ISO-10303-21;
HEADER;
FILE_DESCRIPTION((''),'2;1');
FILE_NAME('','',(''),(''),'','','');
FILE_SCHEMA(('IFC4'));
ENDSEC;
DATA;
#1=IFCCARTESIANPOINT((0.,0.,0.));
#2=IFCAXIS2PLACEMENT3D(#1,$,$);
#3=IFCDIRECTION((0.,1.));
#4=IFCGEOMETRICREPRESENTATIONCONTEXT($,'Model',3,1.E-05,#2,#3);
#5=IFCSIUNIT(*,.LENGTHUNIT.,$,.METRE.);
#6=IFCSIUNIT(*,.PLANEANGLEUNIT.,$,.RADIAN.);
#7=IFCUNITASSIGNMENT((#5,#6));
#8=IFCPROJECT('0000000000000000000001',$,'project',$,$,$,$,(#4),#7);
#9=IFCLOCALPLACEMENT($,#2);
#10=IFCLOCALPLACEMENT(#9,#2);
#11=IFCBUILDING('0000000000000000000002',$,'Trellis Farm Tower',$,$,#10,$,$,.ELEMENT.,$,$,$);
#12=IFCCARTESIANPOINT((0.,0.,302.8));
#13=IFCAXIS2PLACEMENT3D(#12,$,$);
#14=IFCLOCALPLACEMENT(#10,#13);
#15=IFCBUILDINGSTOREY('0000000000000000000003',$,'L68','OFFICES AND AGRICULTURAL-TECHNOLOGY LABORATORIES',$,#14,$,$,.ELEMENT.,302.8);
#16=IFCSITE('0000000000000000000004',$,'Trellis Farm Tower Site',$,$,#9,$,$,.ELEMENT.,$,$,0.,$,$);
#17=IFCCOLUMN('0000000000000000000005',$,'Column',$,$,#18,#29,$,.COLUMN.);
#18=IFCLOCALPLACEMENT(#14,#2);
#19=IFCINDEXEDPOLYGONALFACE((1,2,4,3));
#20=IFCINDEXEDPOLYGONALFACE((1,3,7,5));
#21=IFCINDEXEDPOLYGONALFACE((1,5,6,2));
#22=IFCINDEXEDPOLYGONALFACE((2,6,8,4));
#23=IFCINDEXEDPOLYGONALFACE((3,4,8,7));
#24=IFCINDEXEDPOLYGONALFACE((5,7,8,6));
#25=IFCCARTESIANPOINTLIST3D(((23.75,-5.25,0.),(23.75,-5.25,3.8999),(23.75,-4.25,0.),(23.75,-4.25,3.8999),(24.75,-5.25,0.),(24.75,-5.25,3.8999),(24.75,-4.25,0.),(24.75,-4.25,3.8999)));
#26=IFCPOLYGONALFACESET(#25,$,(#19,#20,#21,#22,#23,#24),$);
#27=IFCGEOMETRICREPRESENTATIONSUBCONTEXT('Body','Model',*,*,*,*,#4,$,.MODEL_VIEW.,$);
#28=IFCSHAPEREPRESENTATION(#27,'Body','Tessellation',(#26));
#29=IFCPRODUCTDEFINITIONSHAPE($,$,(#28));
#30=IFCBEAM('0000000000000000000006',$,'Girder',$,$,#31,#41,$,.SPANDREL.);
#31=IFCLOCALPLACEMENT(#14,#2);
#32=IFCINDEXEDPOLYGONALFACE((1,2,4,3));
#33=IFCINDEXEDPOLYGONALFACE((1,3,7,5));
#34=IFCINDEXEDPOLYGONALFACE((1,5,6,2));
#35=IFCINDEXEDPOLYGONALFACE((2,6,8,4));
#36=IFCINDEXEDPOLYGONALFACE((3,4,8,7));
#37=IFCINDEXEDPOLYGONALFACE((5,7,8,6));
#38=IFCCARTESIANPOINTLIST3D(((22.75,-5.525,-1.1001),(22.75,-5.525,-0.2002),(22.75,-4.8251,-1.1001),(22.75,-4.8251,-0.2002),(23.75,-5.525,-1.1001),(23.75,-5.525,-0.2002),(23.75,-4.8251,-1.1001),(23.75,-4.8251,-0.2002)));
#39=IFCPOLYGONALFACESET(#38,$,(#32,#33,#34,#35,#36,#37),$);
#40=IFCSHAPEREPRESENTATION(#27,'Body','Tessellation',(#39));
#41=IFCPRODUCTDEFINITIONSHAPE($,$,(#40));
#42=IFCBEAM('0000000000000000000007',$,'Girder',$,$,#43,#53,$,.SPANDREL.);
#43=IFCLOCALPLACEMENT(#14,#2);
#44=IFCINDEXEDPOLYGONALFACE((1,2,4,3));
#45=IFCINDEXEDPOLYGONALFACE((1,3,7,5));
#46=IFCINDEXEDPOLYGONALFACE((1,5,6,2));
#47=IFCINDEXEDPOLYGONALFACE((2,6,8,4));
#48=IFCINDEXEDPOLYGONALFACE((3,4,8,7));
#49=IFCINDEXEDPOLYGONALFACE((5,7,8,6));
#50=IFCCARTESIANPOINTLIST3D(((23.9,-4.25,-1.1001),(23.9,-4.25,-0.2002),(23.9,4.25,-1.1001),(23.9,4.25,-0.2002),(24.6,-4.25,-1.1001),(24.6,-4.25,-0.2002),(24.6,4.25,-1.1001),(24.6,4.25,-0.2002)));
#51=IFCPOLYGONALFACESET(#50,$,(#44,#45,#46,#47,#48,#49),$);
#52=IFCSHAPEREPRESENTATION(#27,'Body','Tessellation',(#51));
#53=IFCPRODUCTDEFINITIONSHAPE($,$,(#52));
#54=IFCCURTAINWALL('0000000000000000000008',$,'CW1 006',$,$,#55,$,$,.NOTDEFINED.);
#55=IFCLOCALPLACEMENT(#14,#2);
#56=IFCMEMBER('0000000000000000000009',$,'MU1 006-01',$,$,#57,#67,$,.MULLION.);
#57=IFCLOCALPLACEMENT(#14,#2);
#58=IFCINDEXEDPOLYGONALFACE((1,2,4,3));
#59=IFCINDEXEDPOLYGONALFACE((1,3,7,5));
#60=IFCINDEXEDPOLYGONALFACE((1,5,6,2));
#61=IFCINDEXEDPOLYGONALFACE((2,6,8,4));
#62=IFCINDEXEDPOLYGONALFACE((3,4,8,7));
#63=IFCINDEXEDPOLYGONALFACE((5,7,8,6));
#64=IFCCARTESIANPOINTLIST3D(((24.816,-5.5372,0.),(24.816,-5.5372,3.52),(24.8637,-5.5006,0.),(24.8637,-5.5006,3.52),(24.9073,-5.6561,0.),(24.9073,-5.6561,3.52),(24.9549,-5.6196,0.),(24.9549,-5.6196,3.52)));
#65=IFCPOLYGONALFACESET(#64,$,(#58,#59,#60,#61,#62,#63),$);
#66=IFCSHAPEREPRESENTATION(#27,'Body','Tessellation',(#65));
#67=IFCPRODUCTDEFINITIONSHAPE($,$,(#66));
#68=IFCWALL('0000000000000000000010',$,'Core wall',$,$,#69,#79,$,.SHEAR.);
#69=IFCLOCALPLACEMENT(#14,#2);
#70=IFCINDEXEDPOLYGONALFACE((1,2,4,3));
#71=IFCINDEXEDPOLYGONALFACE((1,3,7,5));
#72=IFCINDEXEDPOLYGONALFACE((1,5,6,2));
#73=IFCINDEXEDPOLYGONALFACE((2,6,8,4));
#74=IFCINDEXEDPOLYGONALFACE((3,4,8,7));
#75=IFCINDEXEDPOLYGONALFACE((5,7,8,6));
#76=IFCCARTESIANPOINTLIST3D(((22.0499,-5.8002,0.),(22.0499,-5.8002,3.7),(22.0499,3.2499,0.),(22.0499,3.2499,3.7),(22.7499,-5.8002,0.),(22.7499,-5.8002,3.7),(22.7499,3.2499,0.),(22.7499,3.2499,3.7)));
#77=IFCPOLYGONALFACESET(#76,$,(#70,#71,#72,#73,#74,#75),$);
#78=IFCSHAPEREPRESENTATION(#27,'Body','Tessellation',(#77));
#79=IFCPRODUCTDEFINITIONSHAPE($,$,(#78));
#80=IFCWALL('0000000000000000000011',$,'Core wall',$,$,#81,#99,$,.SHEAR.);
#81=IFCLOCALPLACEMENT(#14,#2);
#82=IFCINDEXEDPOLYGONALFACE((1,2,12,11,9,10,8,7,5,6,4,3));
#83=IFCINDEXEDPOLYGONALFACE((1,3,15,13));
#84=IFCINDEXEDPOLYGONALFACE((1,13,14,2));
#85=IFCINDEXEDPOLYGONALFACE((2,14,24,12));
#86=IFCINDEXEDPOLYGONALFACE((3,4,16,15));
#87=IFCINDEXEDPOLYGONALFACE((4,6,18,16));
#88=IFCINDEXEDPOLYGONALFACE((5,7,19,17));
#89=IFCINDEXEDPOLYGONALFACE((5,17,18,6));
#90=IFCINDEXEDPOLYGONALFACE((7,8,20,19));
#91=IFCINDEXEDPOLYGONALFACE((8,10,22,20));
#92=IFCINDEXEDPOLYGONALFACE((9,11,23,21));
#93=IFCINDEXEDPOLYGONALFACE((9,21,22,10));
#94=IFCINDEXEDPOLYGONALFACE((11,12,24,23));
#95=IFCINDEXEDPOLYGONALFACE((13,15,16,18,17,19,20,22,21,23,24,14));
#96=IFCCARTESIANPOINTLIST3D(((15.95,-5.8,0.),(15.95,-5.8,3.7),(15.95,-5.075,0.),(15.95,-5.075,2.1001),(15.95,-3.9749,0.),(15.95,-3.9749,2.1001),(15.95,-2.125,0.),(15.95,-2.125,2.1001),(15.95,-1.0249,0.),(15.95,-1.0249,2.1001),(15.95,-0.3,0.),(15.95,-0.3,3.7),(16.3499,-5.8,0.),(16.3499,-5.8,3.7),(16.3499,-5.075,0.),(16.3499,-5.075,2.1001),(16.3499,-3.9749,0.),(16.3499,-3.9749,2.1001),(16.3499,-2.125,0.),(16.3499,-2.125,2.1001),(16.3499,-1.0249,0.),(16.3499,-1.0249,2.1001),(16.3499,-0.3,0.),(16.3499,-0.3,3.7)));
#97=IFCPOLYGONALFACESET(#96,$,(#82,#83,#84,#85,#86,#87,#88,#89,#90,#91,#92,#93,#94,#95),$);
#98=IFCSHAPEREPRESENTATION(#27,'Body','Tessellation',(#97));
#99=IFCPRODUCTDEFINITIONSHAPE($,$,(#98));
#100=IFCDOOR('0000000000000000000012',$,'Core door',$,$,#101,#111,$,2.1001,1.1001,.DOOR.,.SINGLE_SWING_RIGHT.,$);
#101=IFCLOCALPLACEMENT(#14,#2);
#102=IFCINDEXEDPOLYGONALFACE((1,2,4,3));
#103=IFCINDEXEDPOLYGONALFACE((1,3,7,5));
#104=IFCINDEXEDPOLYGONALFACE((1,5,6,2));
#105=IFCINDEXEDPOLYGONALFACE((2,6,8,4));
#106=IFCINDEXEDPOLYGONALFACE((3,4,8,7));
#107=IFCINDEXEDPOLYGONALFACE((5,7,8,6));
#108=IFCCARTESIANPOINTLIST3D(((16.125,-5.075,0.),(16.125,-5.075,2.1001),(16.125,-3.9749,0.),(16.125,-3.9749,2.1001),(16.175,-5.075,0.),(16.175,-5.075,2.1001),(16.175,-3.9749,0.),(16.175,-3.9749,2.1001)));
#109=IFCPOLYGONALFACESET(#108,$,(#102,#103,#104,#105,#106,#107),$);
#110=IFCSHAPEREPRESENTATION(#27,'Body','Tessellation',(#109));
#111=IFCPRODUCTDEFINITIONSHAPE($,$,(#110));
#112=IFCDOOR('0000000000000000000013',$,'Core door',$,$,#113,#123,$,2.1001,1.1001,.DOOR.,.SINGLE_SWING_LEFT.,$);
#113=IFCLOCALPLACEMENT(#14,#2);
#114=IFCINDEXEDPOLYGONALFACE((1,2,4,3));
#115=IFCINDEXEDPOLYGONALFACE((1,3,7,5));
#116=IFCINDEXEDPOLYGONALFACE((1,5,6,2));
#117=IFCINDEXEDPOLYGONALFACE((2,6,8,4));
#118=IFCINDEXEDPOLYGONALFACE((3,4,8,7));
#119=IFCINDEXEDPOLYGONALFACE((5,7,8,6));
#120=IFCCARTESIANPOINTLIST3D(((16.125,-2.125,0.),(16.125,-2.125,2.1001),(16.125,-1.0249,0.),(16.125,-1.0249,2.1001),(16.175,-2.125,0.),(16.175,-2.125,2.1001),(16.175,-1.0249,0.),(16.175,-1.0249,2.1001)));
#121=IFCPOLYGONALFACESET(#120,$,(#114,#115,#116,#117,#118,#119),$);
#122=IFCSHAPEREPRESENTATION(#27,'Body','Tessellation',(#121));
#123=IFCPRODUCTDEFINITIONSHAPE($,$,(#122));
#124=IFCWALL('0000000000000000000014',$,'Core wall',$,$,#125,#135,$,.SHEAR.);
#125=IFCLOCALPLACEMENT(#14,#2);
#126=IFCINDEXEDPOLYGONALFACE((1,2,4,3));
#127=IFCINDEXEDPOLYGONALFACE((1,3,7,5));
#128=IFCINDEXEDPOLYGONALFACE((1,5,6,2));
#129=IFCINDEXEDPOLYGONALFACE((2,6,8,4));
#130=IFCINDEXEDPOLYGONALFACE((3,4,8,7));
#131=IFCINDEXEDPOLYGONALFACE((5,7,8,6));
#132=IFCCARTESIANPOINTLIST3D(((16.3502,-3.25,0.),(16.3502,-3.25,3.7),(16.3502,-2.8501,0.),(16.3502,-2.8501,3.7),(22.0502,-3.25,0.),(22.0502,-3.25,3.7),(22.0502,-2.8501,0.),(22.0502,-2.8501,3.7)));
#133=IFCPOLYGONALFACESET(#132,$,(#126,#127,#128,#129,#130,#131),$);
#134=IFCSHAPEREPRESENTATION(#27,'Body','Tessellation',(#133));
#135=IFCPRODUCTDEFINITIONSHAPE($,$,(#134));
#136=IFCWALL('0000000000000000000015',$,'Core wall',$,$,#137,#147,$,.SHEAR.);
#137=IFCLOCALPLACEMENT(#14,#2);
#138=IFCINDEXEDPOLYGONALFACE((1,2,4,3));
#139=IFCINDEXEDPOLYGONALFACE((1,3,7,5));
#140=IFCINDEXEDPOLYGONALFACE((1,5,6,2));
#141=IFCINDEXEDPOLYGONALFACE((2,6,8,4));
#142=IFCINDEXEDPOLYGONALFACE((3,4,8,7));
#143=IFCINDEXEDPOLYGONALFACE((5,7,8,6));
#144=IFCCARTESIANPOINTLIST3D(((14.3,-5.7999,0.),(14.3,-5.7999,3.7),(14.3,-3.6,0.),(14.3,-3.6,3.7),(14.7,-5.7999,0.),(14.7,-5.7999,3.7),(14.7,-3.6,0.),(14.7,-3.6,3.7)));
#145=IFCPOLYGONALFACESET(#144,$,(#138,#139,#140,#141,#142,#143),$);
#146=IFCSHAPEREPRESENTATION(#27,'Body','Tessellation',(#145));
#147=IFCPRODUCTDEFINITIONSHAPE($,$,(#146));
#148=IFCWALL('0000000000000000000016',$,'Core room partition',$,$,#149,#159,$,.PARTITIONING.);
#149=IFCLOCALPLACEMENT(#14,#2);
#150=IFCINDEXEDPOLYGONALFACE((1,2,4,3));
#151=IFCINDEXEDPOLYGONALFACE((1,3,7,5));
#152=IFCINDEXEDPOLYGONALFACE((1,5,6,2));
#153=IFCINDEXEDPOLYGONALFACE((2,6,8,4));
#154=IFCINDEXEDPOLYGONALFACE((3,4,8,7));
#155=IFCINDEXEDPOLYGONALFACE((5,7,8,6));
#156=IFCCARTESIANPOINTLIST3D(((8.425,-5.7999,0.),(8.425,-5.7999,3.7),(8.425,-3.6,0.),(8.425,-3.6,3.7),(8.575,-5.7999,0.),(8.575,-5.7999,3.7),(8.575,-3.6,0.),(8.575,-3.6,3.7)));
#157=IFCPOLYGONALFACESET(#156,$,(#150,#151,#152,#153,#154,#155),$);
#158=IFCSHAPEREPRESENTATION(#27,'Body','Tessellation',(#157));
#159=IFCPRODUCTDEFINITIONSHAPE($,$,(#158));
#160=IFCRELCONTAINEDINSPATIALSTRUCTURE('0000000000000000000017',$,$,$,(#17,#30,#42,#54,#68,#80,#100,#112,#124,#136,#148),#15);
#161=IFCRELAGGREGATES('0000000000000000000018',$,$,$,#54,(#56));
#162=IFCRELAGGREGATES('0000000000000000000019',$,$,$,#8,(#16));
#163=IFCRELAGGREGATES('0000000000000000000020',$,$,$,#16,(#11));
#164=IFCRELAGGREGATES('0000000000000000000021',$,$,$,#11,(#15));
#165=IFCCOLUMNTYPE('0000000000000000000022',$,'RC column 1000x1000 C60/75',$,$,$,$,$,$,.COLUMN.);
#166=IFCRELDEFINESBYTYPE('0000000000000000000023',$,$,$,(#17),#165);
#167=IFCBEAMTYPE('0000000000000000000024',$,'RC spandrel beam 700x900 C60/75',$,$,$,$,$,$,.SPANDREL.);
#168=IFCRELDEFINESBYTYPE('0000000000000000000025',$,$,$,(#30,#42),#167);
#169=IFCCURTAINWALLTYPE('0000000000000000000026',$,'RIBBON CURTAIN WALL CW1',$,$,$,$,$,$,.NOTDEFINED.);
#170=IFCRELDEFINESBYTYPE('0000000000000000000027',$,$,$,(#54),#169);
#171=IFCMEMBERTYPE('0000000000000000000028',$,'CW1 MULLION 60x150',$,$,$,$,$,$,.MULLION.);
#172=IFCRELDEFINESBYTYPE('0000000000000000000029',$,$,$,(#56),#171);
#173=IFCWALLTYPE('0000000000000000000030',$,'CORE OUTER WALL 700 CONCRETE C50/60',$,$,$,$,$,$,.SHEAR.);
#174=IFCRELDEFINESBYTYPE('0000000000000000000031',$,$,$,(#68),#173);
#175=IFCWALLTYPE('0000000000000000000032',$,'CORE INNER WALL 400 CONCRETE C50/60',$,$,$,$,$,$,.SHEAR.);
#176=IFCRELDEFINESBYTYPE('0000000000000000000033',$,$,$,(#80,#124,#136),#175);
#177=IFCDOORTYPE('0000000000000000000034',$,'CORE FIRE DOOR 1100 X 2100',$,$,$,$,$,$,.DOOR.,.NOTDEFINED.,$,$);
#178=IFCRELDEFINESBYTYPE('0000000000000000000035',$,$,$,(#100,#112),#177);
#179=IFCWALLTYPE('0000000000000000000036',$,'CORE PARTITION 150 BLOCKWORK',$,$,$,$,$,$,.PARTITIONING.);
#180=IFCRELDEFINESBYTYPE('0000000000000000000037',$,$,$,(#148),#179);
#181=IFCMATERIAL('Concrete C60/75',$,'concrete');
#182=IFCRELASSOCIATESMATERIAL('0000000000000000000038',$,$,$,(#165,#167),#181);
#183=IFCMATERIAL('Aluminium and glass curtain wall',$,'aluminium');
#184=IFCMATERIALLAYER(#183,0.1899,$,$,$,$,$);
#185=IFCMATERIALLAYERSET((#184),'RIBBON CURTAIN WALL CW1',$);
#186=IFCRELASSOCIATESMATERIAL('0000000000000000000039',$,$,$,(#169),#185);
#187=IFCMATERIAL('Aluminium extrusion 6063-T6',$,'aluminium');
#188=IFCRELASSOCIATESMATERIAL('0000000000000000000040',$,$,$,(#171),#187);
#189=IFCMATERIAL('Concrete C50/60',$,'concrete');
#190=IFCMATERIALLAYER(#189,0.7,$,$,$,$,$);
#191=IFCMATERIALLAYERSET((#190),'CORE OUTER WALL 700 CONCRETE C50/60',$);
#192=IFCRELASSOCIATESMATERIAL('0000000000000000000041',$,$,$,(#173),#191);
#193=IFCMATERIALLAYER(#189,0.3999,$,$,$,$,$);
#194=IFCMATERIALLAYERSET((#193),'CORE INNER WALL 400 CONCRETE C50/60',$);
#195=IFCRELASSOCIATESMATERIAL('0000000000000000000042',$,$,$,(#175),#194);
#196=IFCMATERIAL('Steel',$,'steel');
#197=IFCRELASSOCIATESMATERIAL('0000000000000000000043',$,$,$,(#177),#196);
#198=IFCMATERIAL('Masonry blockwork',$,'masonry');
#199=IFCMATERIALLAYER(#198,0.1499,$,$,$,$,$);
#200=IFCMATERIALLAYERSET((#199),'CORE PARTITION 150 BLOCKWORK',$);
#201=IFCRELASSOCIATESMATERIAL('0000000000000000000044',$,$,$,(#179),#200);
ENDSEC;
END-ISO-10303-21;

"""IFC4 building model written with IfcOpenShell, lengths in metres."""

from ifc_helpers import new_model, si_unit, direction, frame, frame_2d, origin, origin_2d, place, context, subcontext, project, spatial, rectangle, extrude, source, transform, mapped, material, layer, layer_set, material_profile, profile_set, type_object, element, fill, aggregate, save


model = new_model("IFC4")

# Units and contexts
model_context = context("Model", 3, precision=1e-05, world=origin(), true_north=direction((0.0, 1.0)))
body_context = subcontext(model_context, "Body", "Model", "MODEL_VIEW")
ifc_project = project(units=[si_unit("LENGTHUNIT", "METRE"), si_unit("PLANEANGLEUNIT", "RADIAN")], contexts=[model_context])

# Site, building, storey
site_placement = place(None, origin())
site = spatial("IfcSite", under=ifc_project, at=site_placement, Name="Trellis Farm Tower Site", CompositionType="ELEMENT", RefElevation=0.0)
building_placement = place(site_placement, origin())
building = spatial("IfcBuilding", under=site, at=building_placement, Name="Trellis Farm Tower", CompositionType="ELEMENT")
storey_placement = place(building_placement, frame((0.0, 0.0, 302.8)))
storey = spatial("IfcBuildingStorey", under=building, at=storey_placement, Name="L68", Description="OFFICES AND AGRICULTURAL-TECHNOLOGY LABORATORIES", CompositionType="ELEMENT", Elevation=302.8)

# Column
ifc_material_1 = material(Name="Concrete C60/75", Category="concrete")
ifc_material_profile_1 = material_profile(ifc_material_1, rectangle(XDim=1.0, YDim=1.0, at=origin_2d()), Name="RC column 1000x1000 C60/75")
ifc_profile_set_1 = profile_set([ifc_material_profile_1], Name="Concrete C60/75")
column_type = type_object("IfcColumnType", Name="RC column 1000x1000 C60/75", PredefinedType="COLUMN", material=ifc_profile_set_1)
shared_shape_1 = source(origin(), body_context, "Body", "SweptSolid", [
    extrude(rectangle(XDim=1.0, YDim=1.0, at=origin_2d()), origin(), (0.0, 0.0, 1.0), 3.8999),
])
column_placement = place(storey_placement, frame((24.25, -4.75, 0.0), z_axis=(0.0, 0.0, 1.0), x_axis=(1.0, 0.0, 0.0)))
element("IfcColumn", 1, at=column_placement, inside=storey, type_object=column_type, Name="Column", PredefinedType="COLUMN", context=body_context, shape_type="MappedRepresentation", body=[
    mapped(shared_shape_1, transform((0.0, 0.0, 0.0))),
])

# Beams
ifc_material_profile_2 = material_profile(ifc_material_1, rectangle(XDim=0.7, YDim=0.8999, at=origin_2d()), Name="RC spandrel beam 700x900 C60/75")
ifc_profile_set_2 = profile_set([ifc_material_profile_2], Name="Concrete C60/75")
beam_type = type_object("IfcBeamType", Name="RC spandrel beam 700x900 C60/75", PredefinedType="SPANDREL", material=ifc_profile_set_2)
shared_shape_2 = source(origin(), body_context, "Body", "SweptSolid", [
    extrude(rectangle(XDim=0.7, YDim=0.8999, at=origin_2d()), origin(), (0.0, 0.0, 1.0), 1.0),
])
beam_1_placement = place(storey_placement, frame((22.75, -5.175, -0.6501), z_axis=(1.0, 0.0, 0.0), x_axis=(0.0, 1.0, 0.0)))
element("IfcBeam", 2, at=beam_1_placement, inside=storey, type_object=beam_type, Name="Girder", PredefinedType="SPANDREL", context=body_context, shape_type="MappedRepresentation", body=[
    mapped(shared_shape_2, transform((0.0, 0.0, 0.0))),
])
shared_shape_3 = source(origin(), body_context, "Body", "SweptSolid", [
    extrude(rectangle(XDim=0.7, YDim=0.8999, at=origin_2d()), origin(), (0.0, 0.0, 1.0), 8.5),
])
beam_2_placement = place(storey_placement, frame((24.25, -4.25, -0.6501), z_axis=(0.0, 1.0, 0.0), x_axis=(-1.0, 0.0, 0.0)))
element("IfcBeam", 3, at=beam_2_placement, inside=storey, type_object=beam_type, Name="Girder", PredefinedType="SPANDREL", context=body_context, shape_type="MappedRepresentation", body=[
    mapped(shared_shape_3, transform((0.0, 0.0, 0.0))),
])

# Curtain wall, member
ifc_material_2 = material(Name="Aluminium and glass curtain wall", Category="aluminium")
ifc_layer_1 = layer(ifc_material_2, 0.1899)
ifc_layer_set_1 = layer_set([ifc_layer_1], Name="RIBBON CURTAIN WALL CW1")
curtain_wall_type = type_object("IfcCurtainWallType", Name="RIBBON CURTAIN WALL CW1", PredefinedType="NOTDEFINED", material=ifc_layer_set_1)
placement = place(storey_placement, origin())
curtain_wall = element("IfcCurtainWall", 4, at=placement, inside=storey, type_object=curtain_wall_type, Name="CW1 006", PredefinedType="NOTDEFINED")
ifc_material_3 = material(Name="Aluminium extrusion 6063-T6", Category="aluminium")
ifc_material_profile_3 = material_profile(ifc_material_3, rectangle(XDim=0.0601, YDim=0.1499, at=origin_2d()), Name="MULLION 60x150")
ifc_profile_set_3 = profile_set([ifc_material_profile_3], Name="Aluminium extrusion 6063-T6")
member_type = type_object("IfcMemberType", Name="CW1 MULLION 60x150", PredefinedType="MULLION", material=ifc_profile_set_3)
shared_shape_4 = source(origin(), body_context, "Body", "SweptSolid", [
    extrude(rectangle(XDim=0.0601, YDim=0.1499, at=origin_2d()), origin(), (0.0, 0.0, 1.0), 3.52),
])
member_placement = place(storey_placement, frame((24.8855, -5.5784, 0.0), z_axis=(0.0, 0.0, 1.0), x_axis=(0.793353, 0.608761, 0.0)))
member = element("IfcMember", 5, at=member_placement, type_object=member_type, Name="MU1 006-01", PredefinedType="MULLION", context=body_context, shape_type="MappedRepresentation", body=[
    mapped(shared_shape_4, transform((0.0, 0.0, 0.0))),
])
aggregate(curtain_wall, [member])

# Wall
ifc_material_4 = material(Name="Concrete C50/60", Category="concrete")
ifc_layer_2 = layer(ifc_material_4, 0.7)
ifc_layer_set_2 = layer_set([ifc_layer_2], Name="CORE OUTER WALL 700 CONCRETE C50/60")
wall_type_1 = type_object("IfcWallType", Name="CORE OUTER WALL 700 CONCRETE C50/60", PredefinedType="SHEAR", material=ifc_layer_set_2)
shared_shape_5 = source(origin(), body_context, "Body", "SweptSolid", [
    extrude(rectangle(XDim=9.05, YDim=0.7, at=frame_2d((4.5249, 0.0))), origin(), (0.0, 0.0, 1.0), 3.7),
])
wall_1_placement = place(storey_placement, frame((22.3999, -5.8, 0.0), z_axis=(0.0, 0.0, 1.0), x_axis=(0.0, 1.0, 0.0)))
element("IfcWall", 6, at=wall_1_placement, inside=storey, type_object=wall_type_1, Name="Core wall", PredefinedType="SHEAR", context=body_context, shape_type="MappedRepresentation", body=[
    mapped(shared_shape_5, transform((0.0, 0.0, 0.0))),
])

# Wall, openings, doors
ifc_layer_3 = layer(ifc_material_4, 0.3999)
ifc_layer_set_3 = layer_set([ifc_layer_3], Name="CORE INNER WALL 400 CONCRETE C50/60")
wall_type_2 = type_object("IfcWallType", Name="CORE INNER WALL 400 CONCRETE C50/60", PredefinedType="SHEAR", material=ifc_layer_set_3)
shared_shape_6 = source(origin(), body_context, "Body", "SweptSolid", [
    extrude(rectangle(XDim=5.5, YDim=0.3999, at=frame_2d((2.75, 0.0))), origin(), (0.0, 0.0, 1.0), 3.7),
])
wall_2_placement = place(storey_placement, frame((16.1499, -5.8, 0.0), z_axis=(0.0, 0.0, 1.0), x_axis=(0.0, 1.0, 0.0)))
wall_2 = element("IfcWall", 7, at=wall_2_placement, inside=storey, type_object=wall_type_2, Name="Core wall", PredefinedType="SHEAR", context=body_context, shape_type="MappedRepresentation", body=[
    mapped(shared_shape_6, transform((0.0, 0.0, 0.0))),
])
shared_shape_7 = source(origin(), body_context, "Body", "SweptSolid", [
    extrude(rectangle(XDim=1.1001, YDim=2.1001, at=frame_2d((0.55, 1.05))), frame((0.0, 0.21, 0.0), z_axis=(0.0, -1.0, 0.0), x_axis=(1.0, 0.0, 0.0)), (0.0, 0.0, 1.0), 0.4199),
])
opening_1_placement = place(wall_2_placement, frame((0.7251, 0.0, 0.0)))
opening_1 = element("IfcOpeningElement", 8, at=opening_1_placement, cuts=wall_2, PredefinedType="OPENING", context=body_context, shape_type="MappedRepresentation", body=[
    mapped(shared_shape_7, transform((0.0, 0.0, 0.0))),
])
opening_2_placement = place(wall_2_placement, frame((3.675, 0.0, 0.0)))
opening_2 = element("IfcOpeningElement", 9, at=opening_2_placement, cuts=wall_2, PredefinedType="OPENING", context=body_context, shape_type="MappedRepresentation", body=[
    mapped(shared_shape_7, transform((0.0, 0.0, 0.0))),
])
ifc_material_5 = material(Name="Steel", Category="steel")
door_type = type_object("IfcDoorType", Name="CORE FIRE DOOR 1100 X 2100", OperationType="NOTDEFINED", PredefinedType="DOOR", material=ifc_material_5)
shared_shape_8 = source(origin(), body_context, "Body", "SweptSolid", [
    extrude(rectangle(XDim=1.1001, YDim=2.1001, at=frame_2d((0.55, 1.05))), frame((0.0, 0.0249, 0.0), z_axis=(0.0, -1.0, 0.0), x_axis=(1.0, 0.0, 0.0)), (0.0, 0.0, 1.0), 0.05),
])
door_1_placement = place(opening_1_placement, origin())
door_1 = element("IfcDoor", 10, at=door_1_placement, inside=storey, type_object=door_type, Name="Core door", OperationType="SINGLE_SWING_RIGHT", OverallHeight=2.1001, OverallWidth=1.1001, PredefinedType="DOOR", context=body_context, shape_type="MappedRepresentation", body=[
    mapped(shared_shape_8, transform((0.0, 0.0, 0.0))),
])
fill(opening_1, door_1)
door_2_placement = place(opening_2_placement, origin())
door_2 = element("IfcDoor", 11, at=door_2_placement, inside=storey, type_object=door_type, Name="Core door", OperationType="SINGLE_SWING_LEFT", OverallHeight=2.1001, OverallWidth=1.1001, PredefinedType="DOOR", context=body_context, shape_type="MappedRepresentation", body=[
    mapped(shared_shape_8, transform((0.0, 0.0, 0.0))),
])
fill(opening_2, door_2)

# Walls
shared_shape_9 = source(origin(), body_context, "Body", "SweptSolid", [
    extrude(rectangle(XDim=5.7, YDim=0.3999, at=frame_2d((2.8501, 0.0))), origin(), (0.0, 0.0, 1.0), 3.7),
])
wall_3_placement = place(storey_placement, frame((16.3501, -3.05, 0.0), z_axis=(0.0, 0.0, 1.0), x_axis=(1.0, 0.0, 0.0)))
element("IfcWall", 12, at=wall_3_placement, inside=storey, type_object=wall_type_2, Name="Core wall", PredefinedType="SHEAR", context=body_context, shape_type="MappedRepresentation", body=[
    mapped(shared_shape_9, transform((0.0, 0.0, 0.0))),
])
shared_shape_10 = source(origin(), body_context, "Body", "SweptSolid", [
    extrude(rectangle(XDim=2.2, YDim=0.3999, at=frame_2d((1.1001, 0.0))), origin(), (0.0, 0.0, 1.0), 3.7),
])
wall_4_placement = place(storey_placement, frame((14.5, -5.8, 0.0), z_axis=(0.0, 0.0, 1.0), x_axis=(0.0, 1.0, 0.0)))
element("IfcWall", 13, at=wall_4_placement, inside=storey, type_object=wall_type_2, Name="Core wall", PredefinedType="SHEAR", context=body_context, shape_type="MappedRepresentation", body=[
    mapped(shared_shape_10, transform((0.0, 0.0, 0.0))),
])
ifc_material_6 = material(Name="Masonry blockwork", Category="masonry")
ifc_layer_4 = layer(ifc_material_6, 0.1499)
ifc_layer_set_4 = layer_set([ifc_layer_4], Name="CORE PARTITION 150 BLOCKWORK")
wall_type_3 = type_object("IfcWallType", Name="CORE PARTITION 150 BLOCKWORK", PredefinedType="PARTITIONING", material=ifc_layer_set_4)
shared_shape_11 = source(origin(), body_context, "Body", "SweptSolid", [
    extrude(rectangle(XDim=2.2, YDim=0.1499, at=frame_2d((1.1001, 0.0))), origin(), (0.0, 0.0, 1.0), 3.7),
])
for number, where, z_axis, x_axis, name in (
    (14, (8.5, -5.8, 0.0), (0.0, 0.0, 1.0), (0.0, 1.0, 0.0), "Core room partition"),
):
    element("IfcWall", number, at=place(storey_placement, frame(where, z_axis=z_axis, x_axis=x_axis)), inside=storey, type_object=wall_type_3, Name=name, PredefinedType="PARTITIONING", context=body_context, shape_type="MappedRepresentation", body=[
        mapped(shared_shape_11, transform((0.0, 0.0, 0.0))),
    ])

save(model, "model.ifc")
